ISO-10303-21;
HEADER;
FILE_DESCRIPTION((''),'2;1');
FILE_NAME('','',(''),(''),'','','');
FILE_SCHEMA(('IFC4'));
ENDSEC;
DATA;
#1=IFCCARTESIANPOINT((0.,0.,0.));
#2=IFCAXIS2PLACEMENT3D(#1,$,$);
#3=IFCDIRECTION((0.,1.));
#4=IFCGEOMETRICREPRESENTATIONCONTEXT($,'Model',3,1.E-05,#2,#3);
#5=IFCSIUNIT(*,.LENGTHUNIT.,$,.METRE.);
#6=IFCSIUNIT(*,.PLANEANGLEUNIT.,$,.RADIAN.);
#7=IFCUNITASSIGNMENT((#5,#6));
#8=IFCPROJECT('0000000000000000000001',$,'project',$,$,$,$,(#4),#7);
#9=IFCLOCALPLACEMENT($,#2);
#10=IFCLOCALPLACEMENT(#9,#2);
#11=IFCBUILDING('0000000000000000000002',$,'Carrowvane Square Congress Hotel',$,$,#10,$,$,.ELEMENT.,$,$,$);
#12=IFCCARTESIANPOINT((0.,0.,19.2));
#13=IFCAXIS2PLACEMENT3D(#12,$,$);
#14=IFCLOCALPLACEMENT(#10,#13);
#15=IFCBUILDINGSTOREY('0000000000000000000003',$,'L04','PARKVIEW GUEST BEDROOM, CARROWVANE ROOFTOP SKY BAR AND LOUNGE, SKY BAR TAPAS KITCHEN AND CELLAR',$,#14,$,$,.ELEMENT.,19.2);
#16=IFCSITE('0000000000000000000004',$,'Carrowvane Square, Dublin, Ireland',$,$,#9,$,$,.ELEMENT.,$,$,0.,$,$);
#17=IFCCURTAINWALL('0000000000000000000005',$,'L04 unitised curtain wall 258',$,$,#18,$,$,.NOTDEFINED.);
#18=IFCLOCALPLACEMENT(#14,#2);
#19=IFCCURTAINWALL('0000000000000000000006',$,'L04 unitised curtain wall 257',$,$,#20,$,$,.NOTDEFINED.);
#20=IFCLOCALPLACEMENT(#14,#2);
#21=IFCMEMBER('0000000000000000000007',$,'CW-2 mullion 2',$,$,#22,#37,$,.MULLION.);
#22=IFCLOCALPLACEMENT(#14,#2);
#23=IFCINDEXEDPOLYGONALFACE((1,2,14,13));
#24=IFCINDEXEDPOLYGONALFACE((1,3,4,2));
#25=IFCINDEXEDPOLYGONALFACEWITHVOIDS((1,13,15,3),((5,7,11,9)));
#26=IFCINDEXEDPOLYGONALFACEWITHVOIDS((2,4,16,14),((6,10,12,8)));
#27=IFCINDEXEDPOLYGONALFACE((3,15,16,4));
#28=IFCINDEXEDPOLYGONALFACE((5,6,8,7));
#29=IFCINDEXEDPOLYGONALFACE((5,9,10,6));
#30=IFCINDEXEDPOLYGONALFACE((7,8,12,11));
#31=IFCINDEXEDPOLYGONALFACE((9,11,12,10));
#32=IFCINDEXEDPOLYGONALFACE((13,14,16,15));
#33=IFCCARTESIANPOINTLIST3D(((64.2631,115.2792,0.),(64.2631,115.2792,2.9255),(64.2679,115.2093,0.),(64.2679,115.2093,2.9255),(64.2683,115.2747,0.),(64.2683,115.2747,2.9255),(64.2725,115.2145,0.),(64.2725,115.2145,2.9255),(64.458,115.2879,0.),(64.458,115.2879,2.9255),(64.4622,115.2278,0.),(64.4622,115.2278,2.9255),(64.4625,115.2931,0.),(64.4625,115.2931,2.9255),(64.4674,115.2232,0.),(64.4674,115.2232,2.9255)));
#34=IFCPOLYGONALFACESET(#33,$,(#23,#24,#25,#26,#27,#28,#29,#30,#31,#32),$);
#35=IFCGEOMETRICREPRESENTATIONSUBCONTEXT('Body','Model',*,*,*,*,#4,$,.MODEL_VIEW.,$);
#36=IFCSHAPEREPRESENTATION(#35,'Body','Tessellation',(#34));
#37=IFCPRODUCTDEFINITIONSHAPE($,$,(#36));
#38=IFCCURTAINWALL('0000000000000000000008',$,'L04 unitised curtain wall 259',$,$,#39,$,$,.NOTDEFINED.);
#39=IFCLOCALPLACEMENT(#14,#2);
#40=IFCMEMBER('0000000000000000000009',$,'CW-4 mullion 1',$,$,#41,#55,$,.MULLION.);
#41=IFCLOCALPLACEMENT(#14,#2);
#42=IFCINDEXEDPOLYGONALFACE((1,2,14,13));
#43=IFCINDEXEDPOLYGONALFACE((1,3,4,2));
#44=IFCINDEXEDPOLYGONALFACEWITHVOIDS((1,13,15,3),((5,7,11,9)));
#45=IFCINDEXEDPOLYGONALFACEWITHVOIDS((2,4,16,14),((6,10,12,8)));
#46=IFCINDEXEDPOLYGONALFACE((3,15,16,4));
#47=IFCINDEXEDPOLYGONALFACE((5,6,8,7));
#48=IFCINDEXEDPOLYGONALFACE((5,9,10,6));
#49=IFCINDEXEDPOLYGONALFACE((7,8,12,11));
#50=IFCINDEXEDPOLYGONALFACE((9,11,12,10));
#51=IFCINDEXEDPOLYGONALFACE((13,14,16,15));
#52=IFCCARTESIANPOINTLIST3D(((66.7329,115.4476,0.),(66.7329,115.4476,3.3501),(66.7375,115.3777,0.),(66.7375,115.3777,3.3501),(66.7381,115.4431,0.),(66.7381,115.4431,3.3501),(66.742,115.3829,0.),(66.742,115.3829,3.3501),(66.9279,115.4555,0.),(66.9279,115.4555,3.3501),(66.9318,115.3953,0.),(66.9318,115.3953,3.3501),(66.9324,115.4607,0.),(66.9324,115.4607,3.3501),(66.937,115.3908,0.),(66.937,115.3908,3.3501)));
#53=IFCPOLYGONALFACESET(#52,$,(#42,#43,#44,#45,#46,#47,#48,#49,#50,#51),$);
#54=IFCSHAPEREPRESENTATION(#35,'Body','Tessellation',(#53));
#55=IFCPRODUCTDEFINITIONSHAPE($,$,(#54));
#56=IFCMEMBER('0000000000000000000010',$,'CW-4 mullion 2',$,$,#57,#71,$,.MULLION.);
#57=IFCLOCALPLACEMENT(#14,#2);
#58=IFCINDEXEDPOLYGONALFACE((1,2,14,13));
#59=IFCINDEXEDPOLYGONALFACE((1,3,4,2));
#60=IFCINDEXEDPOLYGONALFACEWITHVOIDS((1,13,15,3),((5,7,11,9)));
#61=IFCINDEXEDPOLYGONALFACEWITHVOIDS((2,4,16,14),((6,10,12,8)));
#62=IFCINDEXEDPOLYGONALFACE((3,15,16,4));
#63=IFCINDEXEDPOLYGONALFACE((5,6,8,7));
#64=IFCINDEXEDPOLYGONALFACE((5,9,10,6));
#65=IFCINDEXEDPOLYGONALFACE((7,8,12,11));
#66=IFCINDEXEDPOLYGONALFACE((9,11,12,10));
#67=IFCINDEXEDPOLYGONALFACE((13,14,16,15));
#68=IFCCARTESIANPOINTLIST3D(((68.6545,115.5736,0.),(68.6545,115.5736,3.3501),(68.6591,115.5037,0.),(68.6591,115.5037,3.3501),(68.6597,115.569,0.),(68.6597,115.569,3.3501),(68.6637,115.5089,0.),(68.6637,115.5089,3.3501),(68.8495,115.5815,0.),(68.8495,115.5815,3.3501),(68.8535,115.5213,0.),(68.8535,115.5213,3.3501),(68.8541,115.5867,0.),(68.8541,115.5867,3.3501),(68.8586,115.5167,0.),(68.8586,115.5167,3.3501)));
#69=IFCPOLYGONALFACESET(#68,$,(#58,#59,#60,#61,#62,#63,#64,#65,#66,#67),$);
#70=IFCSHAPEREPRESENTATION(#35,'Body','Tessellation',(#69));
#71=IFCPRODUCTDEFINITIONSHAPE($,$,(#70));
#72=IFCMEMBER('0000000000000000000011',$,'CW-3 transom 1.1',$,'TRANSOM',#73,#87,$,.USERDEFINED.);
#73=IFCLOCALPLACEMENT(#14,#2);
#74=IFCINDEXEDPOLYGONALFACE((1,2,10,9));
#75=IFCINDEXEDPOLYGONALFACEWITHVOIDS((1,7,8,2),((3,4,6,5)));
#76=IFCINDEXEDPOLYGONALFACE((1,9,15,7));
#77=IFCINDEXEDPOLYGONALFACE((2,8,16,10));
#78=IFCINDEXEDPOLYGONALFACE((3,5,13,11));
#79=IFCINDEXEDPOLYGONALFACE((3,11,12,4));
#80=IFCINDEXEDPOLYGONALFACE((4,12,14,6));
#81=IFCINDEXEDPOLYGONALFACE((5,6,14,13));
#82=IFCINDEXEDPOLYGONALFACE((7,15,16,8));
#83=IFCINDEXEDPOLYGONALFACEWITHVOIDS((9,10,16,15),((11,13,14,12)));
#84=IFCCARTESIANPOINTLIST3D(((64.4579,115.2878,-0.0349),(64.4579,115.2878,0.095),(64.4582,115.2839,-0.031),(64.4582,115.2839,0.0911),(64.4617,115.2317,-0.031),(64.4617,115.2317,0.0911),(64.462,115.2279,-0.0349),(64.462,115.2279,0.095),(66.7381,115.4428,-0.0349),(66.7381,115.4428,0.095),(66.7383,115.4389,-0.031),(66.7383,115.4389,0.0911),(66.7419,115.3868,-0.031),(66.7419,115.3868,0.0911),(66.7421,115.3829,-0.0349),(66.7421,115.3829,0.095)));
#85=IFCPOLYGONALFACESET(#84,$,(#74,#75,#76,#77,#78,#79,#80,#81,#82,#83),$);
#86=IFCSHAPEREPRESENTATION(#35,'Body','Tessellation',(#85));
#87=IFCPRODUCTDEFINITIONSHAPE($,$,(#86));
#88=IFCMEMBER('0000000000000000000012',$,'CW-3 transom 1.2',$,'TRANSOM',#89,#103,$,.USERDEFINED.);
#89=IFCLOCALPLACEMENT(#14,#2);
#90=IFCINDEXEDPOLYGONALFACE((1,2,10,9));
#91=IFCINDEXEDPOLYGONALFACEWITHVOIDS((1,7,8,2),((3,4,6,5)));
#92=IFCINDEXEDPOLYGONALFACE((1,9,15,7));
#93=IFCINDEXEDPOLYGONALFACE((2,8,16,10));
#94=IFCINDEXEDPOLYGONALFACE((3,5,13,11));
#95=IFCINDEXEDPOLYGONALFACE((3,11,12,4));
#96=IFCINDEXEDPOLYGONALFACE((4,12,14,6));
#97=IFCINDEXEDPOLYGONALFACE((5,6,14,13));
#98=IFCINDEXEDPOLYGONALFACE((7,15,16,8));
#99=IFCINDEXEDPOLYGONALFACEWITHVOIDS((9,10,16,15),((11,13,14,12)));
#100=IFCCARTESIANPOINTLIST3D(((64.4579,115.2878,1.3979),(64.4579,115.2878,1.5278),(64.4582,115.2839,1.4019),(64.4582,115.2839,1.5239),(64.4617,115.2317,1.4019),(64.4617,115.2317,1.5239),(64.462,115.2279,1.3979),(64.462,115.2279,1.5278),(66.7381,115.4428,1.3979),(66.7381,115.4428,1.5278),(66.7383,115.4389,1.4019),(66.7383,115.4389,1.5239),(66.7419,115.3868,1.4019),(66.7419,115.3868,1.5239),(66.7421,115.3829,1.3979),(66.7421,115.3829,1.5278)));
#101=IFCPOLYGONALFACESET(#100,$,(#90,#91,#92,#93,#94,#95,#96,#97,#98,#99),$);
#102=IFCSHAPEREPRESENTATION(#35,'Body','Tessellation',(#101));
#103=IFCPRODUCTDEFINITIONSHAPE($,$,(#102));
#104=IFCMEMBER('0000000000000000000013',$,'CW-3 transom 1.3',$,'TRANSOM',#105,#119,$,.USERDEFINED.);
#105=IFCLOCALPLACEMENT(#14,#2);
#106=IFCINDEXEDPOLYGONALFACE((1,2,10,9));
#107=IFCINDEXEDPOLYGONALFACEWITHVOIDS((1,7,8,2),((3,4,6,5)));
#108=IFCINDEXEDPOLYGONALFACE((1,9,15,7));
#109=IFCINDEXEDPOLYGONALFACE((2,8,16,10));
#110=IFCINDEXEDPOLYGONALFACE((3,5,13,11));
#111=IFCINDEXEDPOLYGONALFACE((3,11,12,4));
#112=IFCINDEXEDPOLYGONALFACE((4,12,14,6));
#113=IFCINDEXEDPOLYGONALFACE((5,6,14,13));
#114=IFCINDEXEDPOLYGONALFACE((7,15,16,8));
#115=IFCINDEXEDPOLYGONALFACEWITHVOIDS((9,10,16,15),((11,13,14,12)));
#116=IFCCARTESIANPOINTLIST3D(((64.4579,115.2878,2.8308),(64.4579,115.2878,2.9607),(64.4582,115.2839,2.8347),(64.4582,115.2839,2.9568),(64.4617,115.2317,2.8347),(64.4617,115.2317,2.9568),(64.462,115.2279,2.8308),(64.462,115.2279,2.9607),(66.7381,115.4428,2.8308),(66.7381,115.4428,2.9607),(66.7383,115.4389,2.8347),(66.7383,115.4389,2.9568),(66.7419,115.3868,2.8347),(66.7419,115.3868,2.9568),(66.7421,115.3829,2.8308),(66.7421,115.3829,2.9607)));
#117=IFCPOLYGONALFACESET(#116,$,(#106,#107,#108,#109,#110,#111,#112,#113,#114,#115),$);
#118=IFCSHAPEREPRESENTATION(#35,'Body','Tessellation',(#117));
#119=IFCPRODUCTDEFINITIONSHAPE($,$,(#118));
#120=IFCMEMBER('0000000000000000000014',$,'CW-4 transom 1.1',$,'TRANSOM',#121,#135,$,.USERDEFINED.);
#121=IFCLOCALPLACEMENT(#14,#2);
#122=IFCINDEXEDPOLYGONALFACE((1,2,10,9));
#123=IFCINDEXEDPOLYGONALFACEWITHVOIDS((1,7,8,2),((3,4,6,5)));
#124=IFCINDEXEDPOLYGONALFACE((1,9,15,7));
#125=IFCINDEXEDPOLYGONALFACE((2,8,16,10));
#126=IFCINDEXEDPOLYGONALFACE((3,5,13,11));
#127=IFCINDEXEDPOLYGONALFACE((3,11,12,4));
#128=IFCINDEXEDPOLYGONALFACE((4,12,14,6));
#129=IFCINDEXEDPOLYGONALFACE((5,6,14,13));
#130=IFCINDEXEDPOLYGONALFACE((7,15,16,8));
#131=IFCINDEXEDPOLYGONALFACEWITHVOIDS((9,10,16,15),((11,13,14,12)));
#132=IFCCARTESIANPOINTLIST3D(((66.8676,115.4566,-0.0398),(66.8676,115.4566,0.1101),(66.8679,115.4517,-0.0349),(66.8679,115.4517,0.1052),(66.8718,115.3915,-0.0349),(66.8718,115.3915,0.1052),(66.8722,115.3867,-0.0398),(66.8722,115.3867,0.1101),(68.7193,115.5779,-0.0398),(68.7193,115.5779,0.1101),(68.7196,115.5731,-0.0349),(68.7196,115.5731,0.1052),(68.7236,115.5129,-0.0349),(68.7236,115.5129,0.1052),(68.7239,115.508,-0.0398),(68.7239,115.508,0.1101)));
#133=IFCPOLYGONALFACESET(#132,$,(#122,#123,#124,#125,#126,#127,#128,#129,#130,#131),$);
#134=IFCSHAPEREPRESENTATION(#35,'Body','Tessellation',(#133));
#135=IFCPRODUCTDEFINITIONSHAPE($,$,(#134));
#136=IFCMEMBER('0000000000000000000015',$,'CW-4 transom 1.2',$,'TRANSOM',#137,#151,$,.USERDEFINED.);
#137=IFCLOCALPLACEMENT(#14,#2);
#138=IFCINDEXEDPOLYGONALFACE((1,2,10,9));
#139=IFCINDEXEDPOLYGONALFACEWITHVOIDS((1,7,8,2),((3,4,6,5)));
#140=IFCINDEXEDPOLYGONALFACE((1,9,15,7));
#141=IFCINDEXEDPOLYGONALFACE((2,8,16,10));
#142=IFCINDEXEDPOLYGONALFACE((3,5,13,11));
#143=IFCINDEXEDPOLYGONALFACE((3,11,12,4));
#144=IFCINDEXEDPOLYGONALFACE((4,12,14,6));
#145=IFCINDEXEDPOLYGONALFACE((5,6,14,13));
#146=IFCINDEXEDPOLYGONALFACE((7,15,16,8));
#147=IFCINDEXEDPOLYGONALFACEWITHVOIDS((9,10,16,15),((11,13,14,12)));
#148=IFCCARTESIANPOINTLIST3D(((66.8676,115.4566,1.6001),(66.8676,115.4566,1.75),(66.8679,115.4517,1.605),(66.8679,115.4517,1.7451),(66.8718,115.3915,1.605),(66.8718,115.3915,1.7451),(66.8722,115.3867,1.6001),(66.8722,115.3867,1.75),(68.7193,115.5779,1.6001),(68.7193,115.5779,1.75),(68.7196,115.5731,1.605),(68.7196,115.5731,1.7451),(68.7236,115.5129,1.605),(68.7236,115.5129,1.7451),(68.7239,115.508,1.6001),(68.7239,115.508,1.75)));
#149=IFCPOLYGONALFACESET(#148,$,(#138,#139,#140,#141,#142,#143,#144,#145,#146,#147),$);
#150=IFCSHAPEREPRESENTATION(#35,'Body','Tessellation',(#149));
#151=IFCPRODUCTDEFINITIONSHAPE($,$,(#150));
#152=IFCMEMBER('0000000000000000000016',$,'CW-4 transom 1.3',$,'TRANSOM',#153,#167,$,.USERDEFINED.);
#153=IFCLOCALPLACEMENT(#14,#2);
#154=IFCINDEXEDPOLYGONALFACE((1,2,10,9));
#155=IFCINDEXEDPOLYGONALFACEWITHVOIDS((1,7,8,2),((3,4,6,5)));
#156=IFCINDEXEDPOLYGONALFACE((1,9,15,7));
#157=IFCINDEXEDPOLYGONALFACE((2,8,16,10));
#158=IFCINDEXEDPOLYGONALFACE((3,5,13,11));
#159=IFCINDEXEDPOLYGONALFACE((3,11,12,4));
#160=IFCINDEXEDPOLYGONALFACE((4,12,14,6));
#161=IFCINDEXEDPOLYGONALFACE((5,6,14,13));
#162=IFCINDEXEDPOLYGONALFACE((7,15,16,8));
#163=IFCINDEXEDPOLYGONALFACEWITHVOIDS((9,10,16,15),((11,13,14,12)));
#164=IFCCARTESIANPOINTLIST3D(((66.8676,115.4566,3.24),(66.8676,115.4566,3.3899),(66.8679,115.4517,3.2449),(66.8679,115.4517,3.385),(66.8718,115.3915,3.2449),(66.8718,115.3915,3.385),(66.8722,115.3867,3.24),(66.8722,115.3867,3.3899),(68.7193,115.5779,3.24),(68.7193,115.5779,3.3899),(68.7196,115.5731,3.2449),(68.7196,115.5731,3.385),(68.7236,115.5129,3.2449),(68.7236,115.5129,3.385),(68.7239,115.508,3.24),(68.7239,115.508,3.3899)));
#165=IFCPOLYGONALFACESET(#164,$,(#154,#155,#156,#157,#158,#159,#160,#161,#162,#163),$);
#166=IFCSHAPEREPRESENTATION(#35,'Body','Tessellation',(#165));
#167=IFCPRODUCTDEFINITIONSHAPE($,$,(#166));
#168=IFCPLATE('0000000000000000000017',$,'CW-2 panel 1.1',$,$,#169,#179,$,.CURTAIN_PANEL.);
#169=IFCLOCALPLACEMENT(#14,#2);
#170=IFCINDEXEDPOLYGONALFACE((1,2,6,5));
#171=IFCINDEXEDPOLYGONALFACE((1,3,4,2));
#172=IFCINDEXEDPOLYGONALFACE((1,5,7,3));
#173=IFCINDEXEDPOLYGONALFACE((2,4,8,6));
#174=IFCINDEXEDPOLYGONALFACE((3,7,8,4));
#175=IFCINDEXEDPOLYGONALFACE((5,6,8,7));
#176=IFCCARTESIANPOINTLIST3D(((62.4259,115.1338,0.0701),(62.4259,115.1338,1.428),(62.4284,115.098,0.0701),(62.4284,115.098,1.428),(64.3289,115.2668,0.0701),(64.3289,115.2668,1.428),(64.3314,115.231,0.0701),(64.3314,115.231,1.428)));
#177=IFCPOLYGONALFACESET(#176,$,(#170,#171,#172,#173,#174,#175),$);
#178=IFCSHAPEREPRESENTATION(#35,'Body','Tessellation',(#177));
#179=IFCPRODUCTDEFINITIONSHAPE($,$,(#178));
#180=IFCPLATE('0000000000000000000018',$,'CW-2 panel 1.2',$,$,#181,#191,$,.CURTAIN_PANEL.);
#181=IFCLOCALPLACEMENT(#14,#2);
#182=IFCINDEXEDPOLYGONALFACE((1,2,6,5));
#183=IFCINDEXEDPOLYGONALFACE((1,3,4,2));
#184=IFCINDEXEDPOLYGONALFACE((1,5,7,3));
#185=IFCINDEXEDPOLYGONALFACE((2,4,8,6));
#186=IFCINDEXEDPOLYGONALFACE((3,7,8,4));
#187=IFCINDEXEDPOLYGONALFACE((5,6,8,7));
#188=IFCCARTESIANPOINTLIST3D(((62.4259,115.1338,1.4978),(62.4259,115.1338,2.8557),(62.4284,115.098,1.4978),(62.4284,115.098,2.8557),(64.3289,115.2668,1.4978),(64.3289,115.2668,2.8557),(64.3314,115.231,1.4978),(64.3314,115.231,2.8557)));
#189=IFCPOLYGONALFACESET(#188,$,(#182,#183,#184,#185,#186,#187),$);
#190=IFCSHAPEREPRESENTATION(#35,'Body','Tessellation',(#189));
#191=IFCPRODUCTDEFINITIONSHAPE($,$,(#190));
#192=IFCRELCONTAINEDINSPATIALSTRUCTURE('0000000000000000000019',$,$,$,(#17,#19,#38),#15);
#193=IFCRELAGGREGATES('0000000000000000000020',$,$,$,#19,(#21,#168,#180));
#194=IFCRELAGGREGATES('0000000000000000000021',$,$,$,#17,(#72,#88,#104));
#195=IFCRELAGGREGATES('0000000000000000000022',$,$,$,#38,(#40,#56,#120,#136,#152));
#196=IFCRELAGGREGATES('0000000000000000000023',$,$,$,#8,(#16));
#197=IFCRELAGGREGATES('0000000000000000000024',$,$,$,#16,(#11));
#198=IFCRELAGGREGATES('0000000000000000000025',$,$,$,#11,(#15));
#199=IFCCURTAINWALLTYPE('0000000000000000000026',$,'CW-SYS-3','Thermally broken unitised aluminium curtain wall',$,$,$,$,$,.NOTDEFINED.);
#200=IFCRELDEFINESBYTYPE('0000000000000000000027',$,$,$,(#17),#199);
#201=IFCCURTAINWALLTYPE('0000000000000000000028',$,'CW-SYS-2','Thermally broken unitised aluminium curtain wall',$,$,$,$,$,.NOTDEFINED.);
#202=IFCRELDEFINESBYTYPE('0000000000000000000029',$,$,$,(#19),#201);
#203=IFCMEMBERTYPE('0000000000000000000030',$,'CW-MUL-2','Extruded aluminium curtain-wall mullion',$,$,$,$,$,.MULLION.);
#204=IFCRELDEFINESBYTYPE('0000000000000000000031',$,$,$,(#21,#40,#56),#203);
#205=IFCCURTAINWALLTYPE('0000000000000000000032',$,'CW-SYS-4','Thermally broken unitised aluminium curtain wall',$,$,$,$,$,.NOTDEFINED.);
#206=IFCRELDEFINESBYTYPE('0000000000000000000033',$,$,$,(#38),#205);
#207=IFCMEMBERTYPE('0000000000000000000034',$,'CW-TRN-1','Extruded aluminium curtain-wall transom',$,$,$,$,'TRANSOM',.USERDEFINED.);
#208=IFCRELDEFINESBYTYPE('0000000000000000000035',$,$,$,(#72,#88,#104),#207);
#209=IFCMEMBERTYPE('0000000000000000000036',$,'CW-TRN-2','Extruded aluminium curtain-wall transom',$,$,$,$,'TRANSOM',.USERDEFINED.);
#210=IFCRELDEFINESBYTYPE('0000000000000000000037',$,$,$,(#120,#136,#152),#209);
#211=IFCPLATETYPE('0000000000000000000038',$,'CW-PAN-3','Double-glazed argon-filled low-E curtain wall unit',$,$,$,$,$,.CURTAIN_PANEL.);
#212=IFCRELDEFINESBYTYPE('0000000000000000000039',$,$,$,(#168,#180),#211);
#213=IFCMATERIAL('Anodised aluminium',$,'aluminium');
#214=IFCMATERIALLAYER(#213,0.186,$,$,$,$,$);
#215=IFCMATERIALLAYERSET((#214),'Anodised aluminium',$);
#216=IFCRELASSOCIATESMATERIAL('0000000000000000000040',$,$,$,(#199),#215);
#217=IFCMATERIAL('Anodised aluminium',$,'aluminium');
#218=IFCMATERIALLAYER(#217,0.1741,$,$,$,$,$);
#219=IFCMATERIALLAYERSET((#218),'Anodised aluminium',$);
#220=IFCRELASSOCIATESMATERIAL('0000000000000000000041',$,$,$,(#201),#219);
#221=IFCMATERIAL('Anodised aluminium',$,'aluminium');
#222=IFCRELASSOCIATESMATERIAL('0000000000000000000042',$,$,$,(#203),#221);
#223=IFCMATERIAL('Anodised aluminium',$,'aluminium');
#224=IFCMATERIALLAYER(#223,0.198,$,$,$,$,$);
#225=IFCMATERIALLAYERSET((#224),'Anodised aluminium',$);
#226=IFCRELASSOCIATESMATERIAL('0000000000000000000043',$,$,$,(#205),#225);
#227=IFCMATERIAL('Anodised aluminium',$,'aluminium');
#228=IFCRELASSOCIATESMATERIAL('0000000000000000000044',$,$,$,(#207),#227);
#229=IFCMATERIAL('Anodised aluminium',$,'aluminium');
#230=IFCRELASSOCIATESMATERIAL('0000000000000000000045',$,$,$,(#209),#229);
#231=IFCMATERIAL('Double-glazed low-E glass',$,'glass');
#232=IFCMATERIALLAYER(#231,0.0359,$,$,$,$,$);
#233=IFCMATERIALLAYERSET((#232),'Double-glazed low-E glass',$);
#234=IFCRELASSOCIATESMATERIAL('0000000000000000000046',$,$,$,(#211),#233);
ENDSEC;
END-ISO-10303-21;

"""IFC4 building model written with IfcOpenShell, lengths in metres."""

from ifc_helpers import new_model, si_unit, direction, frame, origin, origin_2d, place, context, subcontext, project, spatial, rectangle, hollow_rectangle, extrude, material, layer, layer_set, material_profile, profile_set, type_object, element, aggregate, save


model = new_model("IFC4")

# Units and contexts
model_context = context("Model", 3, precision=1e-05, world=origin(), true_north=direction((0.0, 1.0)))
body_context = subcontext(model_context, "Body", "Model", "MODEL_VIEW")
ifc_project = project(units=[si_unit("LENGTHUNIT", "METRE"), si_unit("PLANEANGLEUNIT", "RADIAN")], contexts=[model_context])

# Site, building, storey
site_placement = place(None, origin())
site = spatial("IfcSite", under=ifc_project, at=site_placement, Name="Carrowvane Square, Dublin, Ireland", CompositionType="ELEMENT", RefElevation=0.0)
building_placement = place(site_placement, origin())
building = spatial("IfcBuilding", under=site, at=building_placement, Name="Carrowvane Square Congress Hotel", CompositionType="ELEMENT")
storey_placement = place(building_placement, frame((0.0, 0.0, 19.2)))
storey = spatial("IfcBuildingStorey", under=building, at=storey_placement, Name="L04", Description="PARKVIEW GUEST BEDROOM, CARROWVANE ROOFTOP SKY BAR AND LOUNGE, SKY BAR TAPAS KITCHEN AND CELLAR", CompositionType="ELEMENT", Elevation=19.2)

# Curtain wall
ifc_material_1 = material(Name="Anodised aluminium", Category="aluminium")
ifc_layer_1 = layer(ifc_material_1, 0.186)
ifc_layer_set_1 = layer_set([ifc_layer_1], Name="Anodised aluminium")
curtain_wall_type_1 = type_object("IfcCurtainWallType", Name="CW-SYS-3", Description="Thermally broken unitised aluminium curtain wall", PredefinedType="NOTDEFINED", material=ifc_layer_set_1)
curtain_wall_1_placement = place(storey_placement, origin())
curtain_wall_1 = element("IfcCurtainWall", 1, at=curtain_wall_1_placement, inside=storey, type_object=curtain_wall_type_1, Name="L04 unitised curtain wall 258", PredefinedType="NOTDEFINED")

# Curtain wall, member
ifc_material_2 = material(Name="Anodised aluminium", Category="aluminium")
ifc_layer_2 = layer(ifc_material_2, 0.1741)
ifc_layer_set_2 = layer_set([ifc_layer_2], Name="Anodised aluminium")
curtain_wall_type_2 = type_object("IfcCurtainWallType", Name="CW-SYS-2", Description="Thermally broken unitised aluminium curtain wall", PredefinedType="NOTDEFINED", material=ifc_layer_set_2)
curtain_wall_2_placement = place(storey_placement, origin())
curtain_wall_2 = element("IfcCurtainWall", 2, at=curtain_wall_2_placement, inside=storey, type_object=curtain_wall_type_2, Name="L04 unitised curtain wall 257", PredefinedType="NOTDEFINED")
ifc_material_3 = material(Name="Anodised aluminium", Category="aluminium")
ifc_material_profile_1 = material_profile(ifc_material_3, hollow_rectangle(XDim=0.0701, YDim=0.2, WallThickness=0.0049, at=origin_2d()), Name="CW-ML 70x200x5")
ifc_profile_set_1 = profile_set([ifc_material_profile_1], Name="Anodised aluminium")
member_type_1 = type_object("IfcMemberType", Name="CW-MUL-2", Description="Extruded aluminium curtain-wall mullion", PredefinedType="MULLION", material=ifc_profile_set_1)
member_1_placement = place(storey_placement, frame((64.3652, 115.2512, 0.0), z_axis=(0.0, 0.0, 1.0), x_axis=(-0.069724, 0.997566, 0.0)))
member_1 = element("IfcMember", 3, at=member_1_placement, type_object=member_type_1, Name="CW-2 mullion 2", PredefinedType="MULLION", context=body_context, shape_type="SweptSolid", body=[
    extrude(hollow_rectangle(XDim=0.0701, YDim=0.2, WallThickness=0.0049, at=origin_2d()), origin(), (0.0, 0.0, 1.0), 2.9255),
])

# Curtain wall, members
ifc_material_4 = material(Name="Anodised aluminium", Category="aluminium")
ifc_layer_3 = layer(ifc_material_4, 0.198)
ifc_layer_set_3 = layer_set([ifc_layer_3], Name="Anodised aluminium")
curtain_wall_type_3 = type_object("IfcCurtainWallType", Name="CW-SYS-4", Description="Thermally broken unitised aluminium curtain wall", PredefinedType="NOTDEFINED", material=ifc_layer_set_3)
curtain_wall_3_placement = place(storey_placement, origin())
curtain_wall_3 = element("IfcCurtainWall", 4, at=curtain_wall_3_placement, inside=storey, type_object=curtain_wall_type_3, Name="L04 unitised curtain wall 259", PredefinedType="NOTDEFINED")
member_2_placement = place(storey_placement, frame((66.835, 115.4192, 0.0), z_axis=(0.0, 0.0, 1.0), x_axis=(-0.065412, 0.997858, 0.0)))
member_2 = element("IfcMember", 5, at=member_2_placement, type_object=member_type_1, Name="CW-4 mullion 1", PredefinedType="MULLION", context=body_context, shape_type="SweptSolid", body=[
    extrude(hollow_rectangle(XDim=0.0701, YDim=0.2, WallThickness=0.0049, at=origin_2d()), origin(), (0.0, 0.0, 1.0), 3.3501),
])
member_3_placement = place(storey_placement, frame((68.7566, 115.5452, 0.0), z_axis=(0.0, 0.0, 1.0), x_axis=(-0.065412, 0.997858, 0.0)))
member_3 = element("IfcMember", 6, at=member_3_placement, type_object=member_type_1, Name="CW-4 mullion 2", PredefinedType="MULLION", context=body_context, shape_type="SweptSolid", body=[
    extrude(hollow_rectangle(XDim=0.0701, YDim=0.2, WallThickness=0.0049, at=origin_2d()), origin(), (0.0, 0.0, 1.0), 3.3501),
])

# Members
ifc_material_5 = material(Name="Anodised aluminium", Category="aluminium")
ifc_material_profile_2 = material_profile(ifc_material_5, hollow_rectangle(XDim=0.0601, YDim=0.1299, WallThickness=0.0039, at=origin_2d()), Name="CW-TR 60x130x4")
ifc_profile_set_2 = profile_set([ifc_material_profile_2], Name="Anodised aluminium")
member_type_2 = type_object("IfcMemberType", Name="CW-TRN-1", Description="Extruded aluminium curtain-wall transom", ElementType="TRANSOM", PredefinedType="USERDEFINED", material=ifc_profile_set_2)
member_4_placement = place(storey_placement, frame((64.46, 115.2578, 0.03), z_axis=(0.997696, 0.067838, 0.0), x_axis=(-0.067838, 0.997696, 0.0)))
member_4 = element("IfcMember", 7, at=member_4_placement, type_object=member_type_2, Name="CW-3 transom 1.1", ObjectType="TRANSOM", PredefinedType="USERDEFINED", context=body_context, shape_type="SweptSolid", body=[
    extrude(hollow_rectangle(XDim=0.0601, YDim=0.1299, WallThickness=0.0039, at=origin_2d()), origin(), (0.0, 0.0, 1.0), 2.2854),
])
member_5_placement = place(storey_placement, frame((64.46, 115.2578, 1.4629), z_axis=(0.997696, 0.067838, 0.0), x_axis=(-0.067838, 0.997696, 0.0)))
member_5 = element("IfcMember", 8, at=member_5_placement, type_object=member_type_2, Name="CW-3 transom 1.2", ObjectType="TRANSOM", PredefinedType="USERDEFINED", context=body_context, shape_type="SweptSolid", body=[
    extrude(hollow_rectangle(XDim=0.0601, YDim=0.1299, WallThickness=0.0039, at=origin_2d()), origin(), (0.0, 0.0, 1.0), 2.2854),
])
member_6_placement = place(storey_placement, frame((64.46, 115.2578, 2.8958), z_axis=(0.997696, 0.067838, 0.0), x_axis=(-0.067838, 0.997696, 0.0)))
member_6 = element("IfcMember", 9, at=member_6_placement, type_object=member_type_2, Name="CW-3 transom 1.3", ObjectType="TRANSOM", PredefinedType="USERDEFINED", context=body_context, shape_type="SweptSolid", body=[
    extrude(hollow_rectangle(XDim=0.0601, YDim=0.1299, WallThickness=0.0039, at=origin_2d()), origin(), (0.0, 0.0, 1.0), 2.2854),
])
ifc_material_6 = material(Name="Anodised aluminium", Category="aluminium")
ifc_material_profile_3 = material_profile(ifc_material_6, hollow_rectangle(XDim=0.0701, YDim=0.1499, WallThickness=0.0049, at=origin_2d()), Name="CW-TR 70x150x5")
ifc_profile_set_3 = profile_set([ifc_material_profile_3], Name="Anodised aluminium")
member_type_3 = type_object("IfcMemberType", Name="CW-TRN-2", Description="Extruded aluminium curtain-wall transom", ElementType="TRANSOM", PredefinedType="USERDEFINED", material=ifc_profile_set_3)
member_7_placement = place(storey_placement, frame((66.8699, 115.4216, 0.0352), z_axis=(0.99786, 0.065384, 0.0), x_axis=(-0.065384, 0.99786, 0.0)))
member_7 = element("IfcMember", 10, at=member_7_placement, type_object=member_type_3, Name="CW-4 transom 1.1", ObjectType="TRANSOM", PredefinedType="USERDEFINED", context=body_context, shape_type="SweptSolid", body=[
    extrude(hollow_rectangle(XDim=0.0701, YDim=0.1499, WallThickness=0.0049, at=origin_2d()), origin(), (0.0, 0.0, 1.0), 1.8557),
])
member_8_placement = place(storey_placement, frame((66.8699, 115.4216, 1.675), z_axis=(0.99786, 0.065384, 0.0), x_axis=(-0.065384, 0.99786, 0.0)))
member_8 = element("IfcMember", 11, at=member_8_placement, type_object=member_type_3, Name="CW-4 transom 1.2", ObjectType="TRANSOM", PredefinedType="USERDEFINED", context=body_context, shape_type="SweptSolid", body=[
    extrude(hollow_rectangle(XDim=0.0701, YDim=0.1499, WallThickness=0.0049, at=origin_2d()), origin(), (0.0, 0.0, 1.0), 1.8557),
])
member_9_placement = place(storey_placement, frame((66.8699, 115.4216, 3.3149), z_axis=(0.99786, 0.065384, 0.0), x_axis=(-0.065384, 0.99786, 0.0)))
member_9 = element("IfcMember", 12, at=member_9_placement, type_object=member_type_3, Name="CW-4 transom 1.3", ObjectType="TRANSOM", PredefinedType="USERDEFINED", context=body_context, shape_type="SweptSolid", body=[
    extrude(hollow_rectangle(XDim=0.0701, YDim=0.1499, WallThickness=0.0049, at=origin_2d()), origin(), (0.0, 0.0, 1.0), 1.8557),
])

# Plates
ifc_material_7 = material(Name="Double-glazed low-E glass", Category="glass")
ifc_layer_4 = layer(ifc_material_7, 0.0359)
ifc_layer_set_4 = layer_set([ifc_layer_4], Name="Double-glazed low-E glass")
plate_type_1 = type_object("IfcPlateType", Name="CW-PAN-3", Description="Double-glazed argon-filled low-E curtain wall unit", PredefinedType="CURTAIN_PANEL", material=ifc_layer_set_4)
plate_1_placement = place(storey_placement, frame((63.3787, 115.1824, 0.0701), z_axis=(0.0, 0.0, 1.0), x_axis=(0.997566, 0.069724, 0.0)))
plate_1 = element("IfcPlate", 13, at=plate_1_placement, type_object=plate_type_1, Name="CW-2 panel 1.1", PredefinedType="CURTAIN_PANEL", context=body_context, shape_type="SweptSolid", body=[
    extrude(rectangle(XDim=1.9077, YDim=0.0359, at=origin_2d()), origin(), (0.0, 0.0, 1.0), 1.3579),
])
plate_2_placement = place(storey_placement, frame((63.3787, 115.1824, 1.4978), z_axis=(0.0, 0.0, 1.0), x_axis=(0.997566, 0.069724, 0.0)))
plate_2 = element("IfcPlate", 14, at=plate_2_placement, type_object=plate_type_1, Name="CW-2 panel 1.2", PredefinedType="CURTAIN_PANEL", context=body_context, shape_type="SweptSolid", body=[
    extrude(rectangle(XDim=1.9077, YDim=0.0359, at=origin_2d()), origin(), (0.0, 0.0, 1.0), 1.3579),
])
aggregate(curtain_wall_2, [member_1, plate_1, plate_2])
aggregate(curtain_wall_1, [member_4, member_5, member_6])
aggregate(curtain_wall_3, [member_2, member_3, member_7, member_8, member_9])

save(model, "model.ifc")
